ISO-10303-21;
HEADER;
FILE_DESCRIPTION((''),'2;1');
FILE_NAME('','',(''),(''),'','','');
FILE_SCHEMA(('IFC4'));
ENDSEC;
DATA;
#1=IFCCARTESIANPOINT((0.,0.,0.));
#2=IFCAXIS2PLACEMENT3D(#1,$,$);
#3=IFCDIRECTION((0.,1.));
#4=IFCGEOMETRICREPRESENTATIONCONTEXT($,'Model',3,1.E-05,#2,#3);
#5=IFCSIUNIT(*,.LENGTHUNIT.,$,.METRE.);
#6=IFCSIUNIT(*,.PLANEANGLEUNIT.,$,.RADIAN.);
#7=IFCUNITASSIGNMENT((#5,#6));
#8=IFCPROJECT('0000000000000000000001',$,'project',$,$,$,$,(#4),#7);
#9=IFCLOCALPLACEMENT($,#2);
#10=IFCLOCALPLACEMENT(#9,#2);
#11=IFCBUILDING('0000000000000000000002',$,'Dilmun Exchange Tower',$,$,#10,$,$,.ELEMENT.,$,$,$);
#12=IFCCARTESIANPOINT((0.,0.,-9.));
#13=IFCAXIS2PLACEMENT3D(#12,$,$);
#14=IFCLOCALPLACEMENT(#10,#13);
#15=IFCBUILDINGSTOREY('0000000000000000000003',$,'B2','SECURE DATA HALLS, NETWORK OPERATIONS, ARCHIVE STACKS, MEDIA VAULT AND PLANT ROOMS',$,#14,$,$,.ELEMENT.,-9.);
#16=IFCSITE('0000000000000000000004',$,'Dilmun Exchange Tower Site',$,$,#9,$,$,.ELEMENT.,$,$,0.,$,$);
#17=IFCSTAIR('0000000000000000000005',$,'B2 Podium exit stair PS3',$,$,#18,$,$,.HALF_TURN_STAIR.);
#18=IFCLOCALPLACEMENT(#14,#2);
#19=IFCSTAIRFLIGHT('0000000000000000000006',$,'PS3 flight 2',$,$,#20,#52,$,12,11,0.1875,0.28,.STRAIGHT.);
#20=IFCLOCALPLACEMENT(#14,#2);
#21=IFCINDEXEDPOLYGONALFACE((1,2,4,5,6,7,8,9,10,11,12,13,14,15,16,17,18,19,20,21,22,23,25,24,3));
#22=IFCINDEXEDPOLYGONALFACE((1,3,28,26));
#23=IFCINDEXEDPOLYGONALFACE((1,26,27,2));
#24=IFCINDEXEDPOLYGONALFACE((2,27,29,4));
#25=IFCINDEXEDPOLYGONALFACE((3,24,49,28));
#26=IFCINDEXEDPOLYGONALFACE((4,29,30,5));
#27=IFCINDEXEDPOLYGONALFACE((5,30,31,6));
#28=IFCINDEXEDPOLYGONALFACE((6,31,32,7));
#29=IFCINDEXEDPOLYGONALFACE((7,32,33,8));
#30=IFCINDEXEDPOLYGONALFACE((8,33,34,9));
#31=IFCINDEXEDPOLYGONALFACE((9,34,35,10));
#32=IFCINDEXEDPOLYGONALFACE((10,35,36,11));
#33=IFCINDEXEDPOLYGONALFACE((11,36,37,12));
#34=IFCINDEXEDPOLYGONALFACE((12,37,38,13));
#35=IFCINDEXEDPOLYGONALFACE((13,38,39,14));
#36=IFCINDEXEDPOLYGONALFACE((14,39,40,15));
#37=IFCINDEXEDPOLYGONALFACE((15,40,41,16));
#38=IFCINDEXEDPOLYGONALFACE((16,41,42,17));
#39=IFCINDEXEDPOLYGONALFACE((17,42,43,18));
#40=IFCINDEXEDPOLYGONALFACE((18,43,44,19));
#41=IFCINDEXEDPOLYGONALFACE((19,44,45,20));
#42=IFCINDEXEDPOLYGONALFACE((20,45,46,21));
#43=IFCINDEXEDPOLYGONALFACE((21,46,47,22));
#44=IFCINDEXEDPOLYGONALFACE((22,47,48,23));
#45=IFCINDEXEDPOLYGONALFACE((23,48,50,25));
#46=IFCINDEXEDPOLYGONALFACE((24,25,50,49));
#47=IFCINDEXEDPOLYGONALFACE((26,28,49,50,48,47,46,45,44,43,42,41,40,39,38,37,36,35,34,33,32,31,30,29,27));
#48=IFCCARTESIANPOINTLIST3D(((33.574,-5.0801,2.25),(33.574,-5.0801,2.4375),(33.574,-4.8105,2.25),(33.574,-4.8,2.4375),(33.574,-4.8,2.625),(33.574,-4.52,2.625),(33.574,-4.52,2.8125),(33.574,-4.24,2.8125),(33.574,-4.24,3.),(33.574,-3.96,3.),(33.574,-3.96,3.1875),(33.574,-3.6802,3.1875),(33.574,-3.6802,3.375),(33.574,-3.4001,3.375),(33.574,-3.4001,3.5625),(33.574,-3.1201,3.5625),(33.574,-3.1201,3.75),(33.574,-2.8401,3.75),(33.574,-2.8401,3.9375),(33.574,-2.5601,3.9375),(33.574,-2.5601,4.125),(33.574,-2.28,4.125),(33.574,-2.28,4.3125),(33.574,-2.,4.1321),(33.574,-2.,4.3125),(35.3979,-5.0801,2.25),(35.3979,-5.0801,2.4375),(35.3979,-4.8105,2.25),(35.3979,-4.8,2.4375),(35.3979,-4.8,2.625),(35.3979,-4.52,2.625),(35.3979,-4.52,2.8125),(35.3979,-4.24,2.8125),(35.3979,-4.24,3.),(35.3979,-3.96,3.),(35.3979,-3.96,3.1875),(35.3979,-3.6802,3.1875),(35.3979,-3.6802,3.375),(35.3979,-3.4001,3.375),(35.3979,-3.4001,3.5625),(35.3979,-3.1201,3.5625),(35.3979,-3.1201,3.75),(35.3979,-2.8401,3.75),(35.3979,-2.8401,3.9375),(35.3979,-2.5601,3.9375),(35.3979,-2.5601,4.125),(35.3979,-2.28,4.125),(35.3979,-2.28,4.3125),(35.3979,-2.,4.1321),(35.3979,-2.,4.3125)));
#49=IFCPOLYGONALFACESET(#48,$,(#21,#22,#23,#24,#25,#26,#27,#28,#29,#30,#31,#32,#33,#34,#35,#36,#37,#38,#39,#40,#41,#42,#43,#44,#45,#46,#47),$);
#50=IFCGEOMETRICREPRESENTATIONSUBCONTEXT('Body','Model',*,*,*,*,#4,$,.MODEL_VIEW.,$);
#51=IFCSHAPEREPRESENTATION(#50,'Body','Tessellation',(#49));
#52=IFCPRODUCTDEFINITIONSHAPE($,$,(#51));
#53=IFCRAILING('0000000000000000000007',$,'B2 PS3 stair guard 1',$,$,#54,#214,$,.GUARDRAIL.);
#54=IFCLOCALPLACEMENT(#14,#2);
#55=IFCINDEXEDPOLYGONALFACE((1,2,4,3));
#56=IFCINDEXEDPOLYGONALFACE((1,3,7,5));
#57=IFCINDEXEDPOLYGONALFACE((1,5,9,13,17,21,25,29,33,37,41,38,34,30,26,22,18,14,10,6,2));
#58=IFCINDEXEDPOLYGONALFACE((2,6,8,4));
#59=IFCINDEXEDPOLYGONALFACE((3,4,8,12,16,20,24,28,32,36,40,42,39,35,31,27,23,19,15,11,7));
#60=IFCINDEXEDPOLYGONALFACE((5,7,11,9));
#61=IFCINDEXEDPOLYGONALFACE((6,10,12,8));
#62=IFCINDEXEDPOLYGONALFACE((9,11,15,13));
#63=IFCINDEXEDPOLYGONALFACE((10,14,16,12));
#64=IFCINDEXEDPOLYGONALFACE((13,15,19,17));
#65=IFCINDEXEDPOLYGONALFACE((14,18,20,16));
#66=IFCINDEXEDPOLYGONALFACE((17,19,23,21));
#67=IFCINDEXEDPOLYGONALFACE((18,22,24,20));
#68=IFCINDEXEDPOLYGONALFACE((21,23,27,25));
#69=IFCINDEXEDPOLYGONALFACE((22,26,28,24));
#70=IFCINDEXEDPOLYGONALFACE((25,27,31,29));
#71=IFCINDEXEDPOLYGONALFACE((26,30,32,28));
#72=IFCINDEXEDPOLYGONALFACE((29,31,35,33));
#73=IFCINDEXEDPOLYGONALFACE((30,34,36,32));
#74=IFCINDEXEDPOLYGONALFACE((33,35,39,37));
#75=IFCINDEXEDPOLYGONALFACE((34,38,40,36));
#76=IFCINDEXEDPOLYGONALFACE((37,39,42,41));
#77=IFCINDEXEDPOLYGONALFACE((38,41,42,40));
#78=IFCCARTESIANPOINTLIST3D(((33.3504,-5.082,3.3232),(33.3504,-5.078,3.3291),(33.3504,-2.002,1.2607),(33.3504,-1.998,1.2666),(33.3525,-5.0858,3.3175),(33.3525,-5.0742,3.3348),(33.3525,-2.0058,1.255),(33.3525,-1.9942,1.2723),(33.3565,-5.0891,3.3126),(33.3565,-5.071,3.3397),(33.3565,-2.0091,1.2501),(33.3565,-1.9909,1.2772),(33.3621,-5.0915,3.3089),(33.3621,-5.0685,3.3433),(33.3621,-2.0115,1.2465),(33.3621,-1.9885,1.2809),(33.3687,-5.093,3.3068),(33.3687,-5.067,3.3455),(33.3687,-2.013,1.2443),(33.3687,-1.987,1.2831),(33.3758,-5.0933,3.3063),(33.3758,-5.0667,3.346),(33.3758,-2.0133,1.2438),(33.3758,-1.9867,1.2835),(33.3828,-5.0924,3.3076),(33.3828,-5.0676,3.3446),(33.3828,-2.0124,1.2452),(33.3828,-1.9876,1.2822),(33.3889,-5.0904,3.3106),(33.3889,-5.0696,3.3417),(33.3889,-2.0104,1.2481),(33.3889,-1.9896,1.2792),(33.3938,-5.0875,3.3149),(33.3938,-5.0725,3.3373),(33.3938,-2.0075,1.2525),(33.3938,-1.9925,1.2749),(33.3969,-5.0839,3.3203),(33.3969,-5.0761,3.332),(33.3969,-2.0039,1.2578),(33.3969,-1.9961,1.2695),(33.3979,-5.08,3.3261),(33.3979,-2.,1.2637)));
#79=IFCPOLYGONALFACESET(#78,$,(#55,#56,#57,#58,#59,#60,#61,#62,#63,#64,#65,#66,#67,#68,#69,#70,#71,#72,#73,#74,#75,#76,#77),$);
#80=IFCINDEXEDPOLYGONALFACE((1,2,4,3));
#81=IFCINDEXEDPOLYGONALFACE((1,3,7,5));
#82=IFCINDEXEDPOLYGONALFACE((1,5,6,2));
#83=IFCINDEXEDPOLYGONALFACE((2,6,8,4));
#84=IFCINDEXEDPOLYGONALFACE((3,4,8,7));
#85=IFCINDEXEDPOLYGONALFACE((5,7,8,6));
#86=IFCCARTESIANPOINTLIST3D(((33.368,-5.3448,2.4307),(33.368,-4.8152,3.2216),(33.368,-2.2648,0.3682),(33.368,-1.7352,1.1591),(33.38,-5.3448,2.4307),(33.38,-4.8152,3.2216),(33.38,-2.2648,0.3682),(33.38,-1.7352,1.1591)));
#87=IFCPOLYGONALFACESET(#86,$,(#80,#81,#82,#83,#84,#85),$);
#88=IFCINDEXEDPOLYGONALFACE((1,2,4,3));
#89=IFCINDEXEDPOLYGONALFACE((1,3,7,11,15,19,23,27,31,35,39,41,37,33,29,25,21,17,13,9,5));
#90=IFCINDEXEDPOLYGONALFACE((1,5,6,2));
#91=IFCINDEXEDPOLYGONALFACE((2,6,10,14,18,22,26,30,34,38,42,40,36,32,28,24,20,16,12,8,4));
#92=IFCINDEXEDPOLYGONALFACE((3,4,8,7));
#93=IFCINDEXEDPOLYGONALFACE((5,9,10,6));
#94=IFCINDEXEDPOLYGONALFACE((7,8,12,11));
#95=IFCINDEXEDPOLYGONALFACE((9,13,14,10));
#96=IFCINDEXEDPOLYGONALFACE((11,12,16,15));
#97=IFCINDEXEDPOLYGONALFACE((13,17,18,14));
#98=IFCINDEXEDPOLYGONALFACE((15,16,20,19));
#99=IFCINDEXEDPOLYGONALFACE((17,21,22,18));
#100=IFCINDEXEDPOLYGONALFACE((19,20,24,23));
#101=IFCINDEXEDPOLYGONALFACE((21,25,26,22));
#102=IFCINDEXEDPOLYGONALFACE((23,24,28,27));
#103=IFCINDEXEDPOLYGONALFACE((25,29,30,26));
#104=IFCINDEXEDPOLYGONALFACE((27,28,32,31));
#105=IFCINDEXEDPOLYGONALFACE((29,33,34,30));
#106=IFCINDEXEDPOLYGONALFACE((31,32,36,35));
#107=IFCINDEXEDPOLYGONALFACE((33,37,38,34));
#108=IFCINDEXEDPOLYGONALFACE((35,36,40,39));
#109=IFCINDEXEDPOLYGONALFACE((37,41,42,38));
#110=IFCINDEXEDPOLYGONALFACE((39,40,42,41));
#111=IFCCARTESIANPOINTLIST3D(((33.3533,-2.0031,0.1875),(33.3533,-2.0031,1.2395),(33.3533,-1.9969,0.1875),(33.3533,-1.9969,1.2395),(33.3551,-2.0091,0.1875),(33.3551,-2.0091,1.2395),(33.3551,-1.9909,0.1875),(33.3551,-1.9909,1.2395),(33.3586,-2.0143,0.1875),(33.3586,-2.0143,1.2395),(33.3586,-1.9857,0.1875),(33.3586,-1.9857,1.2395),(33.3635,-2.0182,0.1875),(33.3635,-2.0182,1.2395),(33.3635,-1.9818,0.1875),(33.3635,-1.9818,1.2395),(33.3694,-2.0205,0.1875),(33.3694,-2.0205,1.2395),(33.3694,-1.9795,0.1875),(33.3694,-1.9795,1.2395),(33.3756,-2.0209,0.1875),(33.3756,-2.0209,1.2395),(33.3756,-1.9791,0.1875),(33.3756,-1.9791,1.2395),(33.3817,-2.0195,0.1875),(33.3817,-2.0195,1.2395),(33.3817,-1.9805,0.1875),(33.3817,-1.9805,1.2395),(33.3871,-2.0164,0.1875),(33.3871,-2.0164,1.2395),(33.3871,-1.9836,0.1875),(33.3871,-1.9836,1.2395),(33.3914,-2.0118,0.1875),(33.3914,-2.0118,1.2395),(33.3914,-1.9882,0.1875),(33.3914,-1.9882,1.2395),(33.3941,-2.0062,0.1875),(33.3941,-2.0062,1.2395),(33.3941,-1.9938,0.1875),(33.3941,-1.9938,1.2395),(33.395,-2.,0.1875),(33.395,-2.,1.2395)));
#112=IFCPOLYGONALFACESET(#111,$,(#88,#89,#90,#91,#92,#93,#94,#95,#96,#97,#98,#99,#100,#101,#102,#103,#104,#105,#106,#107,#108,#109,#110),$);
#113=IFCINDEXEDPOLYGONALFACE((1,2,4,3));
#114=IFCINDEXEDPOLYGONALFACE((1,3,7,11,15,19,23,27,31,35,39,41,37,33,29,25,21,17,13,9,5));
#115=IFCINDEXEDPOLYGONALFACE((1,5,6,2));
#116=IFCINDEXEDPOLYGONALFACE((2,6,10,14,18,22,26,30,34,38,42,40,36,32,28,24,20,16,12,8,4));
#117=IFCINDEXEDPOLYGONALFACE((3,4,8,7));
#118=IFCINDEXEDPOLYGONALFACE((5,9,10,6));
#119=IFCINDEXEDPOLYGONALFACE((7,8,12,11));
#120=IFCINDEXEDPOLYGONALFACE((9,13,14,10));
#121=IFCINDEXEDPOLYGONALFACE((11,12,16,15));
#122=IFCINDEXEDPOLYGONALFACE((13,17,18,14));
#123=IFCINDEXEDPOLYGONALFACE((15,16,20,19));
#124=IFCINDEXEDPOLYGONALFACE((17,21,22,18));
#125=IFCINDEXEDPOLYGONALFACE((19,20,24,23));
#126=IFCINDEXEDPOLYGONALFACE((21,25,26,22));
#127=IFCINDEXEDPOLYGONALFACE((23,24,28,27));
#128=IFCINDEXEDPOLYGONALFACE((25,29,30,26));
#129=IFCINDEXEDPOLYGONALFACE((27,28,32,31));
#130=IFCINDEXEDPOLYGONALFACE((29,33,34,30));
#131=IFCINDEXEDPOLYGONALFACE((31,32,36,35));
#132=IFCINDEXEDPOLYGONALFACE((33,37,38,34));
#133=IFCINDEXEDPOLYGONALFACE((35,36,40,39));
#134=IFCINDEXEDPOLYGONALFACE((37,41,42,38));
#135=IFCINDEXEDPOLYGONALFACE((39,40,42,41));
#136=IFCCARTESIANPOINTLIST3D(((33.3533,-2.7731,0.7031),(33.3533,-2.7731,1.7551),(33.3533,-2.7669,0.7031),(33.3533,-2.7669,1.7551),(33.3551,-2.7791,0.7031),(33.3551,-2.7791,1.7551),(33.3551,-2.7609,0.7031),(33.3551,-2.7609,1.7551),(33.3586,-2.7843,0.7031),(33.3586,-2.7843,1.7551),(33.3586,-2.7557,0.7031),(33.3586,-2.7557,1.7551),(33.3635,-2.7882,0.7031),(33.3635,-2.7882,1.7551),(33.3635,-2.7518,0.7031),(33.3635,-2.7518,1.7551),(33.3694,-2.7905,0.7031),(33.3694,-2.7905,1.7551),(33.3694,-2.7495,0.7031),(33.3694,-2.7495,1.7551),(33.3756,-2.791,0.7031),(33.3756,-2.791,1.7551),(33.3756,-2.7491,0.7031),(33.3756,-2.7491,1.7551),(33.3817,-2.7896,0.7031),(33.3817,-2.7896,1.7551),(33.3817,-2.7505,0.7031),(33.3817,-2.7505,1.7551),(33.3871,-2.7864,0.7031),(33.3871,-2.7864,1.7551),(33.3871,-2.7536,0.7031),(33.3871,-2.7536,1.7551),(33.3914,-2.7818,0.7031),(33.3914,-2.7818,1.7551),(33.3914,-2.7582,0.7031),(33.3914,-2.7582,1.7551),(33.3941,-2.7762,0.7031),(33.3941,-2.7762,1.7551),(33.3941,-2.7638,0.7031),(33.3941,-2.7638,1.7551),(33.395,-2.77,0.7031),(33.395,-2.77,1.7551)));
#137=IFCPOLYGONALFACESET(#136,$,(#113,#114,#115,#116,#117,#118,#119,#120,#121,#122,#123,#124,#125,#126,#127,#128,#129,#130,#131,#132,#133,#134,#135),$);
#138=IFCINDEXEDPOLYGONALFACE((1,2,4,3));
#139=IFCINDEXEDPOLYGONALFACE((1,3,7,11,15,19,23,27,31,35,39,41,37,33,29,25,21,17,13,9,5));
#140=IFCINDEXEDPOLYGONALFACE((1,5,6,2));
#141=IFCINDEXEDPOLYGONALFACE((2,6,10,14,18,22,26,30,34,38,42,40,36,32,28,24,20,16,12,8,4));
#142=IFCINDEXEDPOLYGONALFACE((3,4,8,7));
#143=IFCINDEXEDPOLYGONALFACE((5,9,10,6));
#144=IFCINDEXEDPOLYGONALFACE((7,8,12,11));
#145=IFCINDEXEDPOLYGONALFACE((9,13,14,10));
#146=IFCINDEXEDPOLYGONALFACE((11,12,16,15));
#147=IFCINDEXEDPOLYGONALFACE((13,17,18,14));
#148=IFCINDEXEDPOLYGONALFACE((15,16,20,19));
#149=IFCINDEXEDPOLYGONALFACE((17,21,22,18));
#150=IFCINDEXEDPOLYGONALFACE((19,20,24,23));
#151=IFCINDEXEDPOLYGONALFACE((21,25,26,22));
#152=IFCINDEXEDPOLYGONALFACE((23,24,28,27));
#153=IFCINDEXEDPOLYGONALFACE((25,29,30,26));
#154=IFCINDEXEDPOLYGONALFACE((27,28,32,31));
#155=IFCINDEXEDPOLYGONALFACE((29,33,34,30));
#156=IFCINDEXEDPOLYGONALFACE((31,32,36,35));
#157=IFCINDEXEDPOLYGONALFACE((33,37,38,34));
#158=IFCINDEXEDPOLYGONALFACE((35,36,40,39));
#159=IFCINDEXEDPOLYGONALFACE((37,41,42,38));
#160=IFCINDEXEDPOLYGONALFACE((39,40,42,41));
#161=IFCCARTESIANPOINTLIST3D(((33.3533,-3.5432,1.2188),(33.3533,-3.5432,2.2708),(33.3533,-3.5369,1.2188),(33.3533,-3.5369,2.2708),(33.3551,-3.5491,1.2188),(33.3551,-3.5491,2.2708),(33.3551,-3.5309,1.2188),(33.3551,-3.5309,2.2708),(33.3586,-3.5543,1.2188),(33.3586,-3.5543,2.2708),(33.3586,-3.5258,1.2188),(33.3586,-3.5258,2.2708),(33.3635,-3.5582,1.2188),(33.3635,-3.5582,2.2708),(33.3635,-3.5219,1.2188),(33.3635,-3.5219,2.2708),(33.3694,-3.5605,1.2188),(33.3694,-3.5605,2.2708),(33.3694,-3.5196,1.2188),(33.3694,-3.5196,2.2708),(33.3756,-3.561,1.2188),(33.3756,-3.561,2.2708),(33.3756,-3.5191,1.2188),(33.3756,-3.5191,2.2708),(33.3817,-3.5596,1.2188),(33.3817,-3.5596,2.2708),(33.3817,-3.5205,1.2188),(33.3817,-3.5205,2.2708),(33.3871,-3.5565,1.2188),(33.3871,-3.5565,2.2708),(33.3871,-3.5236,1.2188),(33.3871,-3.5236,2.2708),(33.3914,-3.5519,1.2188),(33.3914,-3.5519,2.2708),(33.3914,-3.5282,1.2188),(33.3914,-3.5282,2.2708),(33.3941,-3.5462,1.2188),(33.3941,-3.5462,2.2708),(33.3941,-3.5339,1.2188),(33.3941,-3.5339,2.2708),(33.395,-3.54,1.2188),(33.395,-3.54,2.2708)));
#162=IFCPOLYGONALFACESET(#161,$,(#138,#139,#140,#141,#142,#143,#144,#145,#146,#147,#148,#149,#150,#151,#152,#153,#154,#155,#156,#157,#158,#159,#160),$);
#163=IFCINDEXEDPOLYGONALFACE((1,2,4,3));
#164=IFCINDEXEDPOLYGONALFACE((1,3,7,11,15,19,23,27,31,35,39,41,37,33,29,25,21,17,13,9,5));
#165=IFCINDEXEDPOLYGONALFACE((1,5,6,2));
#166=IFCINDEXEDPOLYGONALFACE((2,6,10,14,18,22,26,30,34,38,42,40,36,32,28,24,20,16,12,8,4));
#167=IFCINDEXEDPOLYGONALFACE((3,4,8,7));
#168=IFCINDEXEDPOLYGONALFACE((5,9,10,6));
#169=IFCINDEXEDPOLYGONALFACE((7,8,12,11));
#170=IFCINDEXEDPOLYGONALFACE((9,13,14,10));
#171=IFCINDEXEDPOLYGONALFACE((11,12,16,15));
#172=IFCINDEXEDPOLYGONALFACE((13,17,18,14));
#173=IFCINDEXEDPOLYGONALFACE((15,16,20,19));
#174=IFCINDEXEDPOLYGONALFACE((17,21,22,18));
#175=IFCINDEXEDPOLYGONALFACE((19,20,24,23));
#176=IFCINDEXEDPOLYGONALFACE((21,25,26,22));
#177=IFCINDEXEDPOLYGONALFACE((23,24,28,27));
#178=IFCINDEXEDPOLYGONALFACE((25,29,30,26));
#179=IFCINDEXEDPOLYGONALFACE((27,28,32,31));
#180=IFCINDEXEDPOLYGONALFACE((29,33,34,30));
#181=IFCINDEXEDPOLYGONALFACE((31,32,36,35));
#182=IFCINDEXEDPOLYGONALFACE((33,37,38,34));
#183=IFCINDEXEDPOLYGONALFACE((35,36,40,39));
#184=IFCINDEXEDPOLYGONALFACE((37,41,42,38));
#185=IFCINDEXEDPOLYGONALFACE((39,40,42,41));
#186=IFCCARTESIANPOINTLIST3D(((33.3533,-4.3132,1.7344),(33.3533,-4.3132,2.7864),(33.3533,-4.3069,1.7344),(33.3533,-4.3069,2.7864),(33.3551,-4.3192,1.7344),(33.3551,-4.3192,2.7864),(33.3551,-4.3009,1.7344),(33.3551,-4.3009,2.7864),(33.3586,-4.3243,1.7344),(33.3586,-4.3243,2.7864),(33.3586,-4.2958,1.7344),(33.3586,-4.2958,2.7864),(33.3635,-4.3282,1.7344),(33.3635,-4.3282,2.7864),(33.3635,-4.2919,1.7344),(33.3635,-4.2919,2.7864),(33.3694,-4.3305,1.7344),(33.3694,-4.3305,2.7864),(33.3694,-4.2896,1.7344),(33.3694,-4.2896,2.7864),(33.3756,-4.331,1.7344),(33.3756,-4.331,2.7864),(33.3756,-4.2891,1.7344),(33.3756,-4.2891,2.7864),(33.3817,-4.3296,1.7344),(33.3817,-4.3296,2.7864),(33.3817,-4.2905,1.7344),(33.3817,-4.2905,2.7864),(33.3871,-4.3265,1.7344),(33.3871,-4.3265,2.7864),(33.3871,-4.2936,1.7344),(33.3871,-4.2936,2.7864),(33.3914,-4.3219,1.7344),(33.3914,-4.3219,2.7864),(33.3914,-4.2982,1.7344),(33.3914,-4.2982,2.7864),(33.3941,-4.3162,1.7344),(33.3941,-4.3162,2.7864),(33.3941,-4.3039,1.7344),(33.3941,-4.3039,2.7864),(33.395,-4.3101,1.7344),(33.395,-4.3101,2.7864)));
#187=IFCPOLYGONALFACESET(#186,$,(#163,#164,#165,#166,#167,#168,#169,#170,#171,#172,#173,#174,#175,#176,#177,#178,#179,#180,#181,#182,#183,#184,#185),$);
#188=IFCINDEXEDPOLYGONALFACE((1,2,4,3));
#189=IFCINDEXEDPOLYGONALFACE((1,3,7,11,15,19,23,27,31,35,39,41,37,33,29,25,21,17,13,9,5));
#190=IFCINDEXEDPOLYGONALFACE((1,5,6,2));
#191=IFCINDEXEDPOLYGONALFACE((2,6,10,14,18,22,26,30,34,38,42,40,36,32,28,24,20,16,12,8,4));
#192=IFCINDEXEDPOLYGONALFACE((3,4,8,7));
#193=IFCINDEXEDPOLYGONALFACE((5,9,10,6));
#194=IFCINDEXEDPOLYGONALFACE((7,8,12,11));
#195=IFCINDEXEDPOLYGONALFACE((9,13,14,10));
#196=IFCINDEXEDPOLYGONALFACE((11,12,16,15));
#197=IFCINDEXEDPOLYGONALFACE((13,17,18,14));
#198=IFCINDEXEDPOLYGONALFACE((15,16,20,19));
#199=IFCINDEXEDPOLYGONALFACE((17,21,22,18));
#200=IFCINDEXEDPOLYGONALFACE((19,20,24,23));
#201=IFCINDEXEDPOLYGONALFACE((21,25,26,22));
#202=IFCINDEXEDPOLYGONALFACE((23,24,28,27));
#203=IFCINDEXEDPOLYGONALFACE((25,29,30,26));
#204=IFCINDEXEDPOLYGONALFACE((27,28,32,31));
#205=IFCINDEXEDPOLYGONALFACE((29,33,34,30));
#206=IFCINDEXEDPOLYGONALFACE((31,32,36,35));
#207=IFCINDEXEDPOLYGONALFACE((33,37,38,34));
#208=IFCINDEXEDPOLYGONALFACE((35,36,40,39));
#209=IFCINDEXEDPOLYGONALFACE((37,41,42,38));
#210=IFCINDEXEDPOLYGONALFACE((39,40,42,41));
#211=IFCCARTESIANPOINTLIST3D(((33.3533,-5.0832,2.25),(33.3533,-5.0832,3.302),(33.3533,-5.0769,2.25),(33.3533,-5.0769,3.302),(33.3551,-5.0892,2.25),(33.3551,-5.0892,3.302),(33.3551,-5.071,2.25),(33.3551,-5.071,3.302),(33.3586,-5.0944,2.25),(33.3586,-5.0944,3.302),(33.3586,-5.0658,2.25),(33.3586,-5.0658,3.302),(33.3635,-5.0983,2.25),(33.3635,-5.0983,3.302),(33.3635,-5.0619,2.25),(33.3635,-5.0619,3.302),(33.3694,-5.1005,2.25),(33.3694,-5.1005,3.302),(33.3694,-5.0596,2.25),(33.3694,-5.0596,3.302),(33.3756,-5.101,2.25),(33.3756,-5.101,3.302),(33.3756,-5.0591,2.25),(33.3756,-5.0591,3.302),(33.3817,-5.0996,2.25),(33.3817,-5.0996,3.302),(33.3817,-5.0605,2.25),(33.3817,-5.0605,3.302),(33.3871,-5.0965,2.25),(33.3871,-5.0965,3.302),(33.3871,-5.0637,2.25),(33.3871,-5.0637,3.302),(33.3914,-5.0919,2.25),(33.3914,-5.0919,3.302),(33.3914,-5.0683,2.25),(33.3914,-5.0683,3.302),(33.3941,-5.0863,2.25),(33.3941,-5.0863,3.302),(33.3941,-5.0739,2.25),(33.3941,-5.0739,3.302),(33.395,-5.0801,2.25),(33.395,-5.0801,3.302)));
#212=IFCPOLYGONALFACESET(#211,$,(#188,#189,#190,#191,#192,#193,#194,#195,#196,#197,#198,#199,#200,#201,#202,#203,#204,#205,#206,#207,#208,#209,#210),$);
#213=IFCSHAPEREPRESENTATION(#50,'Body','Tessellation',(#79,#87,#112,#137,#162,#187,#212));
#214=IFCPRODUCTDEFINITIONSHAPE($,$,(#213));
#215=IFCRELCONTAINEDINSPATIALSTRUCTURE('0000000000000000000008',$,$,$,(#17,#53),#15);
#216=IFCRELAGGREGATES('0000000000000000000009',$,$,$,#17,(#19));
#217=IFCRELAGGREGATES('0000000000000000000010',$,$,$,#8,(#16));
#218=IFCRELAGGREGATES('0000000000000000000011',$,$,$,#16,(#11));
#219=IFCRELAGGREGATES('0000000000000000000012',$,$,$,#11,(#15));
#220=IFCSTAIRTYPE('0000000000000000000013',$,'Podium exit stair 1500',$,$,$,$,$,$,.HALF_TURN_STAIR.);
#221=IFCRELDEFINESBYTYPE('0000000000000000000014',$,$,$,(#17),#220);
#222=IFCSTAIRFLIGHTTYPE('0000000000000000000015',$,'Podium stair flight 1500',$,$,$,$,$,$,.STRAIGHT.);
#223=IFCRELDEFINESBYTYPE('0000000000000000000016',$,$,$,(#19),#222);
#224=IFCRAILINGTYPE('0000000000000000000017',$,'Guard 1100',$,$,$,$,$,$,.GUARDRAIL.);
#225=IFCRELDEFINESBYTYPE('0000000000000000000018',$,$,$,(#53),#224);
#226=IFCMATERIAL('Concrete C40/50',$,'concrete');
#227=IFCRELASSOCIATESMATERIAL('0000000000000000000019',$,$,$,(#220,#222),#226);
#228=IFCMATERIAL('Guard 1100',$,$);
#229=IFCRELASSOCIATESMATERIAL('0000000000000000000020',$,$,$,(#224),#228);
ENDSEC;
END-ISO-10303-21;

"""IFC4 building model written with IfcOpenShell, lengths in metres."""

from ifc_helpers import new_model, si_unit, direction, frame, origin, origin_2d, place, context, subcontext, project, spatial, polyline, rectangle, circle, outline, extrude, material, type_object, element, aggregate, save


model = new_model("IFC4")

# Units and contexts
model_context = context("Model", 3, precision=1e-05, world=origin(), true_north=direction((0.0, 1.0)))
body_context = subcontext(model_context, "Body", "Model", "MODEL_VIEW")
ifc_project = project(units=[si_unit("LENGTHUNIT", "METRE"), si_unit("PLANEANGLEUNIT", "RADIAN")], contexts=[model_context])

# Site, building, storey
site_placement = place(None, origin())
site = spatial("IfcSite", under=ifc_project, at=site_placement, Name="Dilmun Exchange Tower Site", CompositionType="ELEMENT", RefElevation=0.0)
building_placement = place(site_placement, origin())
building = spatial("IfcBuilding", under=site, at=building_placement, Name="Dilmun Exchange Tower", CompositionType="ELEMENT")
storey_placement = place(building_placement, frame((0.0, 0.0, -9.0)))
storey = spatial("IfcBuildingStorey", under=building, at=storey_placement, Name="B2", Description="SECURE DATA HALLS, NETWORK OPERATIONS, ARCHIVE STACKS, MEDIA VAULT AND PLANT ROOMS", CompositionType="ELEMENT", Elevation=-9.0)

# Stair, stair flight
ifc_material_1 = material(Name="Concrete C40/50", Category="concrete")
stair_type = type_object("IfcStairType", Name="Podium exit stair 1500", PredefinedType="HALF_TURN_STAIR", material=ifc_material_1)
stair_placement = place(storey_placement, origin())
stair = element("IfcStair", 1, at=stair_placement, inside=storey, type_object=stair_type, Name="B2 Podium exit stair PS3", PredefinedType="HALF_TURN_STAIR")
stair_flight_type = type_object("IfcStairFlightType", Name="Podium stair flight 1500", PredefinedType="STRAIGHT", material=ifc_material_1)
stair_flight_1_placement = place(storey_placement, frame((34.4861, -5.0801, 2.25), z_axis=(0.0, 0.0, 1.0), x_axis=(0.0, 1.0, 0.0)))
stair_flight_1 = element("IfcStairFlight", 2, at=stair_flight_1_placement, type_object=stair_flight_type, Name="PS3 flight 2", NumberOfRisers=12, NumberOfTreads=11, PredefinedType="STRAIGHT", RiserHeight=0.1875, TreadLength=0.28, context=body_context, shape_type="SweptSolid", body=[
    extrude(outline(polyline([(0.0, 0.0), (0.0, 0.1875), (0.28, 0.1875), (0.28, 0.375), (0.5601, 0.375), (0.5601, 0.5625), (0.8401, 0.5625), (0.8401, 0.75), (1.1201, 0.75), (1.1201, 0.9375), (1.3999, 0.9375), (1.3999, 1.125), (1.6799, 1.125), (1.6799, 1.3125), (1.96, 1.3125), (1.96, 1.5), (2.24, 1.5), (2.24, 1.6875), (2.52, 1.6875), (2.52, 1.875), (2.8, 1.875), (2.8, 2.0625), (3.0801, 2.0625), (3.0801, 2.25), (3.0801, 1.8821), (0.2695, 0.0), (0.0, 0.0)])), frame((0.0, 0.9121, 0.0), z_axis=(0.0, -1.0, 0.0), x_axis=(1.0, 0.0, 0.0)), (0.0, 0.0, 1.0), 1.824),
])
aggregate(stair, [stair_flight_1])

# Railing
ifc_material_2 = material(Name="Guard 1100")
railing_type_1 = type_object("IfcRailingType", Name="Guard 1100", PredefinedType="GUARDRAIL", material=ifc_material_2)
railing_1_placement = place(storey_placement, frame((33.374, -2.0, 0.1875)))
element("IfcRailing", 3, at=railing_1_placement, inside=storey, type_object=railing_type_1, Name="B2 PS3 stair guard 1", PredefinedType="GUARDRAIL", context=body_context, shape_type="SweptSolid", body=[
    extrude(circle(Radius=0.0239, at=origin_2d()), frame((0.0, 0.0, 1.0762), z_axis=(0.0, -0.830914, 0.556401), x_axis=(1.0, 0.0, 0.0)), (0.0, 0.0, 1.0), 3.7068),
    extrude(rectangle(XDim=0.012, YDim=0.9519, at=origin_2d()), frame((0.0, 0.0, 0.5762), z_axis=(0.0, -0.830914, 0.556401), x_axis=(1.0, 0.0, 0.0)), (0.0, 0.0, 1.0), 3.7068),
    extrude(circle(Radius=0.021, at=origin_2d()), origin(), (0.0, 0.0, 1.0), 1.052),
    extrude(circle(Radius=0.021, at=origin_2d()), frame((0.0, -0.77, 0.5156)), (0.0, 0.0, 1.0), 1.052),
    extrude(circle(Radius=0.021, at=origin_2d()), frame((0.0, -1.54, 1.0312)), (0.0, 0.0, 1.0), 1.052),
    extrude(circle(Radius=0.021, at=origin_2d()), frame((0.0, -2.3101, 1.5469)), (0.0, 0.0, 1.0), 1.052),
    extrude(circle(Radius=0.021, at=origin_2d()), frame((0.0, -3.0801, 2.0625)), (0.0, 0.0, 1.0), 1.052),
])

save(model, "model.ifc")
